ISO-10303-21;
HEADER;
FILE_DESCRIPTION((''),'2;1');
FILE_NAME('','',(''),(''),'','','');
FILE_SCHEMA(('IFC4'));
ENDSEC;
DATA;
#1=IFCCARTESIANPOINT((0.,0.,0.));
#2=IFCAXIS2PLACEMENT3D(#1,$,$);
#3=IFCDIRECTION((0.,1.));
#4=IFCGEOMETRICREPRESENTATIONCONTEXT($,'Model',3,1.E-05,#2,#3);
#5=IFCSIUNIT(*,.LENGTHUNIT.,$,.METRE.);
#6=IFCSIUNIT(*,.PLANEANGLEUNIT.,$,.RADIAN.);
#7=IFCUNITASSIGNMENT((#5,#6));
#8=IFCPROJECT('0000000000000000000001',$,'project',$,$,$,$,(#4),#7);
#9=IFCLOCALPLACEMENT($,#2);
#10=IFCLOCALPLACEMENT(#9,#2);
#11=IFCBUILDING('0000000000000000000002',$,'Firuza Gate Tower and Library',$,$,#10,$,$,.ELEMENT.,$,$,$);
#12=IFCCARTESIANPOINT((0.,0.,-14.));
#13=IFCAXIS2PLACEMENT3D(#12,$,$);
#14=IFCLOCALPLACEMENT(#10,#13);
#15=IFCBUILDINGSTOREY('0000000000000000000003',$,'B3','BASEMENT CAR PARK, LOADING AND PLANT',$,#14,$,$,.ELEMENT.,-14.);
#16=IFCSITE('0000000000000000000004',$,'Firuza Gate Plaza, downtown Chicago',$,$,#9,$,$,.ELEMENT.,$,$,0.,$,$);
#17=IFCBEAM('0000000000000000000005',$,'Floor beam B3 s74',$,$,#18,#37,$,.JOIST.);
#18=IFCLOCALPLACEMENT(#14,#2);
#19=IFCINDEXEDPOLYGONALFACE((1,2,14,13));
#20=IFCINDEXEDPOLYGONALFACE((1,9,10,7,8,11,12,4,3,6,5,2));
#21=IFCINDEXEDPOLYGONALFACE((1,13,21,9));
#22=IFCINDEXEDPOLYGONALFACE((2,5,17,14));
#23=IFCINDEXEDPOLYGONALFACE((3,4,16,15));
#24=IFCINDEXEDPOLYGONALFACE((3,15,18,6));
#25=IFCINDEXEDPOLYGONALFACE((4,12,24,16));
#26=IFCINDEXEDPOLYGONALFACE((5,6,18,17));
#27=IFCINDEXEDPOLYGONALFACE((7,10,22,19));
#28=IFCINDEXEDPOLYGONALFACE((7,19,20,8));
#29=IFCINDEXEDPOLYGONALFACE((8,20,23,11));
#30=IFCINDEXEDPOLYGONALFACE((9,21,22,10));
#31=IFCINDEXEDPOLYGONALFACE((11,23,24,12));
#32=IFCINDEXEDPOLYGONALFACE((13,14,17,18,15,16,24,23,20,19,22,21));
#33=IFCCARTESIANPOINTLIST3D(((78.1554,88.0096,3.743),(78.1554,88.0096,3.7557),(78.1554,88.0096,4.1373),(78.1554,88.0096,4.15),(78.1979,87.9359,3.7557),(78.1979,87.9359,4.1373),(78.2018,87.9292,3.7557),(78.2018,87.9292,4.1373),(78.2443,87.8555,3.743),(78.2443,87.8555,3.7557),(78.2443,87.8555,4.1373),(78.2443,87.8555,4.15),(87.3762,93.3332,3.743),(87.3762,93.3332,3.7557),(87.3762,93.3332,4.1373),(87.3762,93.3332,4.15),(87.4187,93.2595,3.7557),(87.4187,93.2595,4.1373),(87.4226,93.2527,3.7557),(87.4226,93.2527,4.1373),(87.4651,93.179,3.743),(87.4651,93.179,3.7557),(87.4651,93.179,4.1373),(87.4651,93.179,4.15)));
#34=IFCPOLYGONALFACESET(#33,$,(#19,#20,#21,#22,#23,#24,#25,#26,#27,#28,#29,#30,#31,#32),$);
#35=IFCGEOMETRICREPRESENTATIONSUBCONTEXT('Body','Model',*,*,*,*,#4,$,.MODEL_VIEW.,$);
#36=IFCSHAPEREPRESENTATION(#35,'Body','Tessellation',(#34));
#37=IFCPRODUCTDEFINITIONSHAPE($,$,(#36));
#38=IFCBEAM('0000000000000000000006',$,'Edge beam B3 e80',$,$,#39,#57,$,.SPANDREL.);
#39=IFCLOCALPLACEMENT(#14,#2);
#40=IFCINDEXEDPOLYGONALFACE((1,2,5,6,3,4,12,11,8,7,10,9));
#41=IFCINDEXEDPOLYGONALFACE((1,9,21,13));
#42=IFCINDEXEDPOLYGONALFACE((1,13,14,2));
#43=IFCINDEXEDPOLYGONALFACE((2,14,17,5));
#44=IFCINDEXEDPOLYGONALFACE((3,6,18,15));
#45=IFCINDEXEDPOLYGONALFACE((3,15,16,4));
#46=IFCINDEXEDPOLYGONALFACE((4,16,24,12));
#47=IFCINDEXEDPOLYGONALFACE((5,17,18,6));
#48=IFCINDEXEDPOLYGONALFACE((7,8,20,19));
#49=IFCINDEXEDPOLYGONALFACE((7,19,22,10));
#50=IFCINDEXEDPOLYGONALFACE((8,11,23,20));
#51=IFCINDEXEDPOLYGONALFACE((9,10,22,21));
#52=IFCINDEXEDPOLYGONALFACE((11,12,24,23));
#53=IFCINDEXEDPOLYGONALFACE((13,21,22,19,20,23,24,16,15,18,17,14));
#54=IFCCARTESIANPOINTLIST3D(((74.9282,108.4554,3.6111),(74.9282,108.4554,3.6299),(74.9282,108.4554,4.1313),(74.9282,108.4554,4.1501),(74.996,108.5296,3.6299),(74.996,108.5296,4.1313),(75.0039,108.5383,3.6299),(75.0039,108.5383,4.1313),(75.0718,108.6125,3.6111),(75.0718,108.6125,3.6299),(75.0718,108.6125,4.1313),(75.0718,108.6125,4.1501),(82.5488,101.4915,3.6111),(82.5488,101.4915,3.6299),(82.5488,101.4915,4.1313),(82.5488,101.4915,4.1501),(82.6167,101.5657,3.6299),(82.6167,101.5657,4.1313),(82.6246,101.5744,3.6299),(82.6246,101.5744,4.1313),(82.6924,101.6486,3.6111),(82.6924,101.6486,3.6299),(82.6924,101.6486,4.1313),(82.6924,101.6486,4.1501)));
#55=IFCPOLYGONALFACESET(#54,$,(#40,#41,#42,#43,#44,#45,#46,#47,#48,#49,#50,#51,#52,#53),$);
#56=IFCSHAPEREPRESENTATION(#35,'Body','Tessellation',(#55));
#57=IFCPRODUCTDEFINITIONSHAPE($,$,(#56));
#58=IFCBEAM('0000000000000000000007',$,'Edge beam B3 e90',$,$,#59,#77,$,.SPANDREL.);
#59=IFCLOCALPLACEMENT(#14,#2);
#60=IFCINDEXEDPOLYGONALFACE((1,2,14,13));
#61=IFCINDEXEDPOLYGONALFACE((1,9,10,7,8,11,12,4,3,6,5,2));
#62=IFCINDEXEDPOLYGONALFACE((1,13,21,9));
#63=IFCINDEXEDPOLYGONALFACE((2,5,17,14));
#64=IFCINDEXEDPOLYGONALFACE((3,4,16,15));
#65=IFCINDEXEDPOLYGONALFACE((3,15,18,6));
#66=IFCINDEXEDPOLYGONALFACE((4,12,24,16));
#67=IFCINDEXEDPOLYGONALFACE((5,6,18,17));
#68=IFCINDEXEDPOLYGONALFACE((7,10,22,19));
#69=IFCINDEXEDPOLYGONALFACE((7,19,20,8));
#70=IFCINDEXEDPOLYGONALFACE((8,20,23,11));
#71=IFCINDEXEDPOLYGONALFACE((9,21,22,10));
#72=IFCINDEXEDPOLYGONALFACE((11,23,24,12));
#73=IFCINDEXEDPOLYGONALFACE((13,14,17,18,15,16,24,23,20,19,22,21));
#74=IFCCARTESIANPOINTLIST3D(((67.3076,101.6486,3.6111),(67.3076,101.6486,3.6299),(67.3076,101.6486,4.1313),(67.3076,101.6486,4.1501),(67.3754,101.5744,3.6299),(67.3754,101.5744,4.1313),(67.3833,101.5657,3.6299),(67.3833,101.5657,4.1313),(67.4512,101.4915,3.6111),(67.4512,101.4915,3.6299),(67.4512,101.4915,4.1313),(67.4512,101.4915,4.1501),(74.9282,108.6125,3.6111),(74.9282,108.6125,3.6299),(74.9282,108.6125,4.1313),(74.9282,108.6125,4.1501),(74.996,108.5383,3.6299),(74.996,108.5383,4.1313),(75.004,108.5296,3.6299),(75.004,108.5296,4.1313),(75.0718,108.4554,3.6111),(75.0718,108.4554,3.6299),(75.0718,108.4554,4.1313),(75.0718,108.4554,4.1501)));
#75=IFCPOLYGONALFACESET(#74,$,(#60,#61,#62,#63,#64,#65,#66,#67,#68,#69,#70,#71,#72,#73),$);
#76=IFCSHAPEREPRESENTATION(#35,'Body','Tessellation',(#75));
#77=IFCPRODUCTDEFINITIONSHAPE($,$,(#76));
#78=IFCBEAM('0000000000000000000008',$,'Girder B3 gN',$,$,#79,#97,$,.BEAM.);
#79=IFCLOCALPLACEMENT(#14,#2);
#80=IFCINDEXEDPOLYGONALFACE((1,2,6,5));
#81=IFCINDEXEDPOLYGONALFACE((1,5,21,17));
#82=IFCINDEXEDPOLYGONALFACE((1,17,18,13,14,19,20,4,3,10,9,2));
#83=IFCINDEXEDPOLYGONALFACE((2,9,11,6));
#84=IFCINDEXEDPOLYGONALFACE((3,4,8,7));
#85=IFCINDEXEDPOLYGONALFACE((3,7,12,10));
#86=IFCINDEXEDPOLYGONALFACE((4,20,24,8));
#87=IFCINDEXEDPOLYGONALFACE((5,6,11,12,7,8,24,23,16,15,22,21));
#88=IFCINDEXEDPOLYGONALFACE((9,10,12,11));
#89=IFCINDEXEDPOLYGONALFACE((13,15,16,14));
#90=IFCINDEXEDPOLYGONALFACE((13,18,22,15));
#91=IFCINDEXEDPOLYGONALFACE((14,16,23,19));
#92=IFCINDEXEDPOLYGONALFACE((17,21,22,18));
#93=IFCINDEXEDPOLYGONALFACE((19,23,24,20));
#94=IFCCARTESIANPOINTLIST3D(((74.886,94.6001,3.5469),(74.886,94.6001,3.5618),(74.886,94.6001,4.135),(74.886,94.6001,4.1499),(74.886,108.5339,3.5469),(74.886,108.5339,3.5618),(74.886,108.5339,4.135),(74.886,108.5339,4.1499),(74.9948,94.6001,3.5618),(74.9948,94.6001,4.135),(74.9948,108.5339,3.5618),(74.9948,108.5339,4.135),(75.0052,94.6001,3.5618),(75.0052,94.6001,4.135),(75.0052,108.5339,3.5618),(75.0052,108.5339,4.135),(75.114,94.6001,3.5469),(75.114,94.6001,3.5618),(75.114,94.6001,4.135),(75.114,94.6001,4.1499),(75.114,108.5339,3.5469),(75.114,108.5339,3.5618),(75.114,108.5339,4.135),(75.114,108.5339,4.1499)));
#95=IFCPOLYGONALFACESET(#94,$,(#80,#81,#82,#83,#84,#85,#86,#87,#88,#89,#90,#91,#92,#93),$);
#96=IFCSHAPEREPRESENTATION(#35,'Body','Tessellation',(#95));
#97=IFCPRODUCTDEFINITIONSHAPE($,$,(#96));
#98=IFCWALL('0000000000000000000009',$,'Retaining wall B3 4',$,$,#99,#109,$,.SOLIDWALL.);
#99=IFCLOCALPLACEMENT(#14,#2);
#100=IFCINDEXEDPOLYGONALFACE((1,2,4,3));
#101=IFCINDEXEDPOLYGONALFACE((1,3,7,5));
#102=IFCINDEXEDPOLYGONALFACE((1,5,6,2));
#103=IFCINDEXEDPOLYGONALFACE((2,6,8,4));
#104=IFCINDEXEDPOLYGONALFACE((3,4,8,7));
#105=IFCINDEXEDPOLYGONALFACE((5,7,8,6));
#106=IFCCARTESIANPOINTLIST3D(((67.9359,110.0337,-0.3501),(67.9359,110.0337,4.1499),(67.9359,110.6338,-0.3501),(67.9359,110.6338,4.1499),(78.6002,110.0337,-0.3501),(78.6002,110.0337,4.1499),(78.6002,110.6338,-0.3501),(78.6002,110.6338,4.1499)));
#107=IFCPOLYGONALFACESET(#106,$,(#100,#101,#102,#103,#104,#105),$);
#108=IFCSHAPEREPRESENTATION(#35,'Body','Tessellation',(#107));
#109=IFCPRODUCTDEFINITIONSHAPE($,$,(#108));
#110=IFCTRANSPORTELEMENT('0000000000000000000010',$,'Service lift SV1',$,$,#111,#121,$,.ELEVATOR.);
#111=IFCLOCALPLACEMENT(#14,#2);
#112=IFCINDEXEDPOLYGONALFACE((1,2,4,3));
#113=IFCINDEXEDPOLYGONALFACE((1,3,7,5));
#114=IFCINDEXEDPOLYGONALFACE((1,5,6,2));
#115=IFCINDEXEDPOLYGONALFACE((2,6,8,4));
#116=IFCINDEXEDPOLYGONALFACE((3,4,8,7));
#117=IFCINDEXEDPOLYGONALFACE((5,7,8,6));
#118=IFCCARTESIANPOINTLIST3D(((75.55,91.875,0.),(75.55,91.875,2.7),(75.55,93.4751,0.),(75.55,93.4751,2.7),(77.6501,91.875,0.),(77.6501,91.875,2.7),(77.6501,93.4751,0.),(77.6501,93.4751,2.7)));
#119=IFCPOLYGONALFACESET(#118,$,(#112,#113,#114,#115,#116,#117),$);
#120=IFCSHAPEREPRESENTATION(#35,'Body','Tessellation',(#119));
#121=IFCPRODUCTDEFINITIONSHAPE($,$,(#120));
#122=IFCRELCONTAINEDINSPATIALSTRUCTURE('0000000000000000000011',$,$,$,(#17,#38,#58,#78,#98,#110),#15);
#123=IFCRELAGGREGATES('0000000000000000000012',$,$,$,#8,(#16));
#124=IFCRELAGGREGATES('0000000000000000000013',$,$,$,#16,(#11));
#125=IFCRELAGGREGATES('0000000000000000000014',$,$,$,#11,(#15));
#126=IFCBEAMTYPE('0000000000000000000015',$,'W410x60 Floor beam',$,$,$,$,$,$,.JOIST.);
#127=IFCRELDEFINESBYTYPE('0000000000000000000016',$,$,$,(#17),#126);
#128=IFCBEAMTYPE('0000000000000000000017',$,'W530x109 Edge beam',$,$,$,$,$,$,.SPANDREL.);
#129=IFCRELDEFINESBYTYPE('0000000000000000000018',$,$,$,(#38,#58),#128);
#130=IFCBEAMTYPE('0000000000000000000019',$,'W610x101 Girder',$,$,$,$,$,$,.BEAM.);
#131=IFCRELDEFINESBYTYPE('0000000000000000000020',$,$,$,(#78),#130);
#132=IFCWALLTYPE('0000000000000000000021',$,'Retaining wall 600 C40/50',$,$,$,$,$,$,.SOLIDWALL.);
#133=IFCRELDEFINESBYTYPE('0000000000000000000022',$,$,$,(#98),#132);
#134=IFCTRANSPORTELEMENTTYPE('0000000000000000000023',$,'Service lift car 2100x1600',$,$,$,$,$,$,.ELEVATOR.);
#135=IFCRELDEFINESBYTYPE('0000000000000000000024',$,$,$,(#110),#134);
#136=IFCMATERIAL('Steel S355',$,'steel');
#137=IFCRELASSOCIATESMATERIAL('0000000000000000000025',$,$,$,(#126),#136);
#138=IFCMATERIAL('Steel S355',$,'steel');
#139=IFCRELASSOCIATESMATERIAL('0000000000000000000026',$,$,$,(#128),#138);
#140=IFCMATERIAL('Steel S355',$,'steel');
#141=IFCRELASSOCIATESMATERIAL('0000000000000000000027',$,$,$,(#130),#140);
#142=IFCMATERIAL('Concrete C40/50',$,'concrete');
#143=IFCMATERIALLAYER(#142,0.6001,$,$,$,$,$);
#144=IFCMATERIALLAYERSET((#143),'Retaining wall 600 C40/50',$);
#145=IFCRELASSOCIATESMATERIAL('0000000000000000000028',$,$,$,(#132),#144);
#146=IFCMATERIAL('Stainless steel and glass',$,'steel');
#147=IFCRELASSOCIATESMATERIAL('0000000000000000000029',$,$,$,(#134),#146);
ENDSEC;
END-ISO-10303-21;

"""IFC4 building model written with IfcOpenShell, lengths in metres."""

from ifc_helpers import new_model, si_unit, direction, frame, frame_2d, origin, origin_2d, place, context, subcontext, project, spatial, rectangle, i_section, extrude, material, layer, layer_set, material_profile, profile_set, type_object, element, save


model = new_model("IFC4")

# Units and contexts
model_context = context("Model", 3, precision=1e-05, world=origin(), true_north=direction((0.0, 1.0)))
body_context = subcontext(model_context, "Body", "Model", "MODEL_VIEW")
ifc_project = project(units=[si_unit("LENGTHUNIT", "METRE"), si_unit("PLANEANGLEUNIT", "RADIAN")], contexts=[model_context])

# Site, building, storey
site_placement = place(None, origin())
site = spatial("IfcSite", under=ifc_project, at=site_placement, Name="Firuza Gate Plaza, downtown Chicago", CompositionType="ELEMENT", RefElevation=0.0)
building_placement = place(site_placement, origin())
building = spatial("IfcBuilding", under=site, at=building_placement, Name="Firuza Gate Tower and Library", CompositionType="ELEMENT")
storey_placement = place(building_placement, frame((0.0, 0.0, -14.0)))
storey = spatial("IfcBuildingStorey", under=building, at=storey_placement, Name="B3", Description="BASEMENT CAR PARK, LOADING AND PLANT", CompositionType="ELEMENT", Elevation=-14.0)

# Beams
ifc_material_1 = material(Name="Steel S355", Category="steel")
ifc_material_profile_1 = material_profile(ifc_material_1, i_section(OverallWidth=0.178, OverallDepth=0.407, WebThickness=0.0078, FlangeThickness=0.0127, at=origin_2d()))
ifc_profile_set_1 = profile_set([ifc_material_profile_1], Name="Steel S355")
beam_type_1 = type_object("IfcBeamType", Name="W410x60 Floor beam", PredefinedType="JOIST", material=ifc_profile_set_1)
beam_1_placement = place(storey_placement, frame((87.4207, 93.2561, 3.9465), z_axis=(-0.866029, -0.499994, 0.0), x_axis=(0.499994, -0.866029, 0.0)))
element("IfcBeam", 1, at=beam_1_placement, inside=storey, type_object=beam_type_1, Name="Floor beam B3 s74", PredefinedType="JOIST", context=body_context, shape_type="SweptSolid", body=[
    extrude(i_section(OverallWidth=0.178, OverallDepth=0.407, WebThickness=0.0078, FlangeThickness=0.0127, at=origin_2d()), origin(), (0.0, 0.0, 1.0), 10.6472),
])
ifc_material_2 = material(Name="Steel S355", Category="steel")
ifc_material_profile_2 = material_profile(ifc_material_2, i_section(OverallWidth=0.2129, OverallDepth=0.5391, WebThickness=0.0117, FlangeThickness=0.0188, at=origin_2d()))
ifc_profile_set_2 = profile_set([ifc_material_profile_2], Name="Steel S355")
beam_type_2 = type_object("IfcBeamType", Name="W530x109 Edge beam", PredefinedType="SPANDREL", material=ifc_profile_set_2)
for number, where, z_axis, x_axis, name in (
    (2, (82.6206, 101.5701, 3.8806), (-0.7382, 0.674582, 0.0), (-0.674582, -0.7382, 0.0), "Edge beam B3 e80"),
    (3, (75.0, 108.5339, 3.8806), (-0.7382, -0.674582, 0.0), (0.674582, -0.7382, 0.0), "Edge beam B3 e90"),
):
    element("IfcBeam", number, at=place(storey_placement, frame(where, z_axis=z_axis, x_axis=x_axis)), inside=storey, type_object=beam_type_2, Name=name, PredefinedType="SPANDREL", context=body_context, shape_type="SweptSolid", body=[
        extrude(i_section(OverallWidth=0.2129, OverallDepth=0.5391, WebThickness=0.0117, FlangeThickness=0.0188, at=origin_2d()), origin(), (0.0, 0.0, 1.0), 10.3232),
    ])
ifc_material_3 = material(Name="Steel S355", Category="steel")
ifc_material_profile_3 = material_profile(ifc_material_3, i_section(OverallWidth=0.228, OverallDepth=0.603, WebThickness=0.0105, FlangeThickness=0.0149, at=origin_2d()))
ifc_profile_set_3 = profile_set([ifc_material_profile_3], Name="Steel S355")
beam_type_3 = type_object("IfcBeamType", Name="W610x101 Girder", PredefinedType="BEAM", material=ifc_profile_set_3)
beam_2_placement = place(storey_placement, frame((75.0, 108.5339, 3.8484), z_axis=(0.0, -1.0, 0.0), x_axis=(1.0, 0.0, 0.0)))
element("IfcBeam", 4, at=beam_2_placement, inside=storey, type_object=beam_type_3, Name="Girder B3 gN", PredefinedType="BEAM", context=body_context, shape_type="SweptSolid", body=[
    extrude(i_section(OverallWidth=0.228, OverallDepth=0.603, WebThickness=0.0105, FlangeThickness=0.0149, at=origin_2d()), origin(), (0.0, 0.0, 1.0), 13.9338),
])

# Wall
ifc_material_4 = material(Name="Concrete C40/50", Category="concrete")
ifc_layer = layer(ifc_material_4, 0.6001)
ifc_layer_set = layer_set([ifc_layer], Name="Retaining wall 600 C40/50")
wall_type = type_object("IfcWallType", Name="Retaining wall 600 C40/50", PredefinedType="SOLIDWALL", material=ifc_layer_set)
wall_placement = place(storey_placement, frame((78.6001, 110.3337, -0.3501), z_axis=(0.0, 0.0, 1.0), x_axis=(-1.0, 0.0, 0.0)))
element("IfcWall", 5, at=wall_placement, inside=storey, type_object=wall_type, Name="Retaining wall B3 4", PredefinedType="SOLIDWALL", context=body_context, shape_type="SweptSolid", body=[
    extrude(rectangle(XDim=10.6643, YDim=0.6001, at=frame_2d((5.332, 0.0))), origin(), (0.0, 0.0, 1.0), 4.5),
])

# Transport element
ifc_material_5 = material(Name="Stainless steel and glass", Category="steel")
transport_element_type = type_object("IfcTransportElementType", Name="Service lift car 2100x1600", PredefinedType="ELEVATOR", material=ifc_material_5)
transport_element_placement = place(storey_placement, frame((76.6001, 92.675, 0.0), z_axis=(0.0, 0.0, 1.0), x_axis=(1.0, 0.0, 0.0)))
element("IfcTransportElement", 6, at=transport_element_placement, inside=storey, type_object=transport_element_type, Name="Service lift SV1", PredefinedType="ELEVATOR", context=body_context, shape_type="SweptSolid", body=[
    extrude(rectangle(XDim=2.1001, YDim=1.6001, at=origin_2d()), origin(), (0.0, 0.0, 1.0), 2.7),
])

save(model, "model.ifc")
